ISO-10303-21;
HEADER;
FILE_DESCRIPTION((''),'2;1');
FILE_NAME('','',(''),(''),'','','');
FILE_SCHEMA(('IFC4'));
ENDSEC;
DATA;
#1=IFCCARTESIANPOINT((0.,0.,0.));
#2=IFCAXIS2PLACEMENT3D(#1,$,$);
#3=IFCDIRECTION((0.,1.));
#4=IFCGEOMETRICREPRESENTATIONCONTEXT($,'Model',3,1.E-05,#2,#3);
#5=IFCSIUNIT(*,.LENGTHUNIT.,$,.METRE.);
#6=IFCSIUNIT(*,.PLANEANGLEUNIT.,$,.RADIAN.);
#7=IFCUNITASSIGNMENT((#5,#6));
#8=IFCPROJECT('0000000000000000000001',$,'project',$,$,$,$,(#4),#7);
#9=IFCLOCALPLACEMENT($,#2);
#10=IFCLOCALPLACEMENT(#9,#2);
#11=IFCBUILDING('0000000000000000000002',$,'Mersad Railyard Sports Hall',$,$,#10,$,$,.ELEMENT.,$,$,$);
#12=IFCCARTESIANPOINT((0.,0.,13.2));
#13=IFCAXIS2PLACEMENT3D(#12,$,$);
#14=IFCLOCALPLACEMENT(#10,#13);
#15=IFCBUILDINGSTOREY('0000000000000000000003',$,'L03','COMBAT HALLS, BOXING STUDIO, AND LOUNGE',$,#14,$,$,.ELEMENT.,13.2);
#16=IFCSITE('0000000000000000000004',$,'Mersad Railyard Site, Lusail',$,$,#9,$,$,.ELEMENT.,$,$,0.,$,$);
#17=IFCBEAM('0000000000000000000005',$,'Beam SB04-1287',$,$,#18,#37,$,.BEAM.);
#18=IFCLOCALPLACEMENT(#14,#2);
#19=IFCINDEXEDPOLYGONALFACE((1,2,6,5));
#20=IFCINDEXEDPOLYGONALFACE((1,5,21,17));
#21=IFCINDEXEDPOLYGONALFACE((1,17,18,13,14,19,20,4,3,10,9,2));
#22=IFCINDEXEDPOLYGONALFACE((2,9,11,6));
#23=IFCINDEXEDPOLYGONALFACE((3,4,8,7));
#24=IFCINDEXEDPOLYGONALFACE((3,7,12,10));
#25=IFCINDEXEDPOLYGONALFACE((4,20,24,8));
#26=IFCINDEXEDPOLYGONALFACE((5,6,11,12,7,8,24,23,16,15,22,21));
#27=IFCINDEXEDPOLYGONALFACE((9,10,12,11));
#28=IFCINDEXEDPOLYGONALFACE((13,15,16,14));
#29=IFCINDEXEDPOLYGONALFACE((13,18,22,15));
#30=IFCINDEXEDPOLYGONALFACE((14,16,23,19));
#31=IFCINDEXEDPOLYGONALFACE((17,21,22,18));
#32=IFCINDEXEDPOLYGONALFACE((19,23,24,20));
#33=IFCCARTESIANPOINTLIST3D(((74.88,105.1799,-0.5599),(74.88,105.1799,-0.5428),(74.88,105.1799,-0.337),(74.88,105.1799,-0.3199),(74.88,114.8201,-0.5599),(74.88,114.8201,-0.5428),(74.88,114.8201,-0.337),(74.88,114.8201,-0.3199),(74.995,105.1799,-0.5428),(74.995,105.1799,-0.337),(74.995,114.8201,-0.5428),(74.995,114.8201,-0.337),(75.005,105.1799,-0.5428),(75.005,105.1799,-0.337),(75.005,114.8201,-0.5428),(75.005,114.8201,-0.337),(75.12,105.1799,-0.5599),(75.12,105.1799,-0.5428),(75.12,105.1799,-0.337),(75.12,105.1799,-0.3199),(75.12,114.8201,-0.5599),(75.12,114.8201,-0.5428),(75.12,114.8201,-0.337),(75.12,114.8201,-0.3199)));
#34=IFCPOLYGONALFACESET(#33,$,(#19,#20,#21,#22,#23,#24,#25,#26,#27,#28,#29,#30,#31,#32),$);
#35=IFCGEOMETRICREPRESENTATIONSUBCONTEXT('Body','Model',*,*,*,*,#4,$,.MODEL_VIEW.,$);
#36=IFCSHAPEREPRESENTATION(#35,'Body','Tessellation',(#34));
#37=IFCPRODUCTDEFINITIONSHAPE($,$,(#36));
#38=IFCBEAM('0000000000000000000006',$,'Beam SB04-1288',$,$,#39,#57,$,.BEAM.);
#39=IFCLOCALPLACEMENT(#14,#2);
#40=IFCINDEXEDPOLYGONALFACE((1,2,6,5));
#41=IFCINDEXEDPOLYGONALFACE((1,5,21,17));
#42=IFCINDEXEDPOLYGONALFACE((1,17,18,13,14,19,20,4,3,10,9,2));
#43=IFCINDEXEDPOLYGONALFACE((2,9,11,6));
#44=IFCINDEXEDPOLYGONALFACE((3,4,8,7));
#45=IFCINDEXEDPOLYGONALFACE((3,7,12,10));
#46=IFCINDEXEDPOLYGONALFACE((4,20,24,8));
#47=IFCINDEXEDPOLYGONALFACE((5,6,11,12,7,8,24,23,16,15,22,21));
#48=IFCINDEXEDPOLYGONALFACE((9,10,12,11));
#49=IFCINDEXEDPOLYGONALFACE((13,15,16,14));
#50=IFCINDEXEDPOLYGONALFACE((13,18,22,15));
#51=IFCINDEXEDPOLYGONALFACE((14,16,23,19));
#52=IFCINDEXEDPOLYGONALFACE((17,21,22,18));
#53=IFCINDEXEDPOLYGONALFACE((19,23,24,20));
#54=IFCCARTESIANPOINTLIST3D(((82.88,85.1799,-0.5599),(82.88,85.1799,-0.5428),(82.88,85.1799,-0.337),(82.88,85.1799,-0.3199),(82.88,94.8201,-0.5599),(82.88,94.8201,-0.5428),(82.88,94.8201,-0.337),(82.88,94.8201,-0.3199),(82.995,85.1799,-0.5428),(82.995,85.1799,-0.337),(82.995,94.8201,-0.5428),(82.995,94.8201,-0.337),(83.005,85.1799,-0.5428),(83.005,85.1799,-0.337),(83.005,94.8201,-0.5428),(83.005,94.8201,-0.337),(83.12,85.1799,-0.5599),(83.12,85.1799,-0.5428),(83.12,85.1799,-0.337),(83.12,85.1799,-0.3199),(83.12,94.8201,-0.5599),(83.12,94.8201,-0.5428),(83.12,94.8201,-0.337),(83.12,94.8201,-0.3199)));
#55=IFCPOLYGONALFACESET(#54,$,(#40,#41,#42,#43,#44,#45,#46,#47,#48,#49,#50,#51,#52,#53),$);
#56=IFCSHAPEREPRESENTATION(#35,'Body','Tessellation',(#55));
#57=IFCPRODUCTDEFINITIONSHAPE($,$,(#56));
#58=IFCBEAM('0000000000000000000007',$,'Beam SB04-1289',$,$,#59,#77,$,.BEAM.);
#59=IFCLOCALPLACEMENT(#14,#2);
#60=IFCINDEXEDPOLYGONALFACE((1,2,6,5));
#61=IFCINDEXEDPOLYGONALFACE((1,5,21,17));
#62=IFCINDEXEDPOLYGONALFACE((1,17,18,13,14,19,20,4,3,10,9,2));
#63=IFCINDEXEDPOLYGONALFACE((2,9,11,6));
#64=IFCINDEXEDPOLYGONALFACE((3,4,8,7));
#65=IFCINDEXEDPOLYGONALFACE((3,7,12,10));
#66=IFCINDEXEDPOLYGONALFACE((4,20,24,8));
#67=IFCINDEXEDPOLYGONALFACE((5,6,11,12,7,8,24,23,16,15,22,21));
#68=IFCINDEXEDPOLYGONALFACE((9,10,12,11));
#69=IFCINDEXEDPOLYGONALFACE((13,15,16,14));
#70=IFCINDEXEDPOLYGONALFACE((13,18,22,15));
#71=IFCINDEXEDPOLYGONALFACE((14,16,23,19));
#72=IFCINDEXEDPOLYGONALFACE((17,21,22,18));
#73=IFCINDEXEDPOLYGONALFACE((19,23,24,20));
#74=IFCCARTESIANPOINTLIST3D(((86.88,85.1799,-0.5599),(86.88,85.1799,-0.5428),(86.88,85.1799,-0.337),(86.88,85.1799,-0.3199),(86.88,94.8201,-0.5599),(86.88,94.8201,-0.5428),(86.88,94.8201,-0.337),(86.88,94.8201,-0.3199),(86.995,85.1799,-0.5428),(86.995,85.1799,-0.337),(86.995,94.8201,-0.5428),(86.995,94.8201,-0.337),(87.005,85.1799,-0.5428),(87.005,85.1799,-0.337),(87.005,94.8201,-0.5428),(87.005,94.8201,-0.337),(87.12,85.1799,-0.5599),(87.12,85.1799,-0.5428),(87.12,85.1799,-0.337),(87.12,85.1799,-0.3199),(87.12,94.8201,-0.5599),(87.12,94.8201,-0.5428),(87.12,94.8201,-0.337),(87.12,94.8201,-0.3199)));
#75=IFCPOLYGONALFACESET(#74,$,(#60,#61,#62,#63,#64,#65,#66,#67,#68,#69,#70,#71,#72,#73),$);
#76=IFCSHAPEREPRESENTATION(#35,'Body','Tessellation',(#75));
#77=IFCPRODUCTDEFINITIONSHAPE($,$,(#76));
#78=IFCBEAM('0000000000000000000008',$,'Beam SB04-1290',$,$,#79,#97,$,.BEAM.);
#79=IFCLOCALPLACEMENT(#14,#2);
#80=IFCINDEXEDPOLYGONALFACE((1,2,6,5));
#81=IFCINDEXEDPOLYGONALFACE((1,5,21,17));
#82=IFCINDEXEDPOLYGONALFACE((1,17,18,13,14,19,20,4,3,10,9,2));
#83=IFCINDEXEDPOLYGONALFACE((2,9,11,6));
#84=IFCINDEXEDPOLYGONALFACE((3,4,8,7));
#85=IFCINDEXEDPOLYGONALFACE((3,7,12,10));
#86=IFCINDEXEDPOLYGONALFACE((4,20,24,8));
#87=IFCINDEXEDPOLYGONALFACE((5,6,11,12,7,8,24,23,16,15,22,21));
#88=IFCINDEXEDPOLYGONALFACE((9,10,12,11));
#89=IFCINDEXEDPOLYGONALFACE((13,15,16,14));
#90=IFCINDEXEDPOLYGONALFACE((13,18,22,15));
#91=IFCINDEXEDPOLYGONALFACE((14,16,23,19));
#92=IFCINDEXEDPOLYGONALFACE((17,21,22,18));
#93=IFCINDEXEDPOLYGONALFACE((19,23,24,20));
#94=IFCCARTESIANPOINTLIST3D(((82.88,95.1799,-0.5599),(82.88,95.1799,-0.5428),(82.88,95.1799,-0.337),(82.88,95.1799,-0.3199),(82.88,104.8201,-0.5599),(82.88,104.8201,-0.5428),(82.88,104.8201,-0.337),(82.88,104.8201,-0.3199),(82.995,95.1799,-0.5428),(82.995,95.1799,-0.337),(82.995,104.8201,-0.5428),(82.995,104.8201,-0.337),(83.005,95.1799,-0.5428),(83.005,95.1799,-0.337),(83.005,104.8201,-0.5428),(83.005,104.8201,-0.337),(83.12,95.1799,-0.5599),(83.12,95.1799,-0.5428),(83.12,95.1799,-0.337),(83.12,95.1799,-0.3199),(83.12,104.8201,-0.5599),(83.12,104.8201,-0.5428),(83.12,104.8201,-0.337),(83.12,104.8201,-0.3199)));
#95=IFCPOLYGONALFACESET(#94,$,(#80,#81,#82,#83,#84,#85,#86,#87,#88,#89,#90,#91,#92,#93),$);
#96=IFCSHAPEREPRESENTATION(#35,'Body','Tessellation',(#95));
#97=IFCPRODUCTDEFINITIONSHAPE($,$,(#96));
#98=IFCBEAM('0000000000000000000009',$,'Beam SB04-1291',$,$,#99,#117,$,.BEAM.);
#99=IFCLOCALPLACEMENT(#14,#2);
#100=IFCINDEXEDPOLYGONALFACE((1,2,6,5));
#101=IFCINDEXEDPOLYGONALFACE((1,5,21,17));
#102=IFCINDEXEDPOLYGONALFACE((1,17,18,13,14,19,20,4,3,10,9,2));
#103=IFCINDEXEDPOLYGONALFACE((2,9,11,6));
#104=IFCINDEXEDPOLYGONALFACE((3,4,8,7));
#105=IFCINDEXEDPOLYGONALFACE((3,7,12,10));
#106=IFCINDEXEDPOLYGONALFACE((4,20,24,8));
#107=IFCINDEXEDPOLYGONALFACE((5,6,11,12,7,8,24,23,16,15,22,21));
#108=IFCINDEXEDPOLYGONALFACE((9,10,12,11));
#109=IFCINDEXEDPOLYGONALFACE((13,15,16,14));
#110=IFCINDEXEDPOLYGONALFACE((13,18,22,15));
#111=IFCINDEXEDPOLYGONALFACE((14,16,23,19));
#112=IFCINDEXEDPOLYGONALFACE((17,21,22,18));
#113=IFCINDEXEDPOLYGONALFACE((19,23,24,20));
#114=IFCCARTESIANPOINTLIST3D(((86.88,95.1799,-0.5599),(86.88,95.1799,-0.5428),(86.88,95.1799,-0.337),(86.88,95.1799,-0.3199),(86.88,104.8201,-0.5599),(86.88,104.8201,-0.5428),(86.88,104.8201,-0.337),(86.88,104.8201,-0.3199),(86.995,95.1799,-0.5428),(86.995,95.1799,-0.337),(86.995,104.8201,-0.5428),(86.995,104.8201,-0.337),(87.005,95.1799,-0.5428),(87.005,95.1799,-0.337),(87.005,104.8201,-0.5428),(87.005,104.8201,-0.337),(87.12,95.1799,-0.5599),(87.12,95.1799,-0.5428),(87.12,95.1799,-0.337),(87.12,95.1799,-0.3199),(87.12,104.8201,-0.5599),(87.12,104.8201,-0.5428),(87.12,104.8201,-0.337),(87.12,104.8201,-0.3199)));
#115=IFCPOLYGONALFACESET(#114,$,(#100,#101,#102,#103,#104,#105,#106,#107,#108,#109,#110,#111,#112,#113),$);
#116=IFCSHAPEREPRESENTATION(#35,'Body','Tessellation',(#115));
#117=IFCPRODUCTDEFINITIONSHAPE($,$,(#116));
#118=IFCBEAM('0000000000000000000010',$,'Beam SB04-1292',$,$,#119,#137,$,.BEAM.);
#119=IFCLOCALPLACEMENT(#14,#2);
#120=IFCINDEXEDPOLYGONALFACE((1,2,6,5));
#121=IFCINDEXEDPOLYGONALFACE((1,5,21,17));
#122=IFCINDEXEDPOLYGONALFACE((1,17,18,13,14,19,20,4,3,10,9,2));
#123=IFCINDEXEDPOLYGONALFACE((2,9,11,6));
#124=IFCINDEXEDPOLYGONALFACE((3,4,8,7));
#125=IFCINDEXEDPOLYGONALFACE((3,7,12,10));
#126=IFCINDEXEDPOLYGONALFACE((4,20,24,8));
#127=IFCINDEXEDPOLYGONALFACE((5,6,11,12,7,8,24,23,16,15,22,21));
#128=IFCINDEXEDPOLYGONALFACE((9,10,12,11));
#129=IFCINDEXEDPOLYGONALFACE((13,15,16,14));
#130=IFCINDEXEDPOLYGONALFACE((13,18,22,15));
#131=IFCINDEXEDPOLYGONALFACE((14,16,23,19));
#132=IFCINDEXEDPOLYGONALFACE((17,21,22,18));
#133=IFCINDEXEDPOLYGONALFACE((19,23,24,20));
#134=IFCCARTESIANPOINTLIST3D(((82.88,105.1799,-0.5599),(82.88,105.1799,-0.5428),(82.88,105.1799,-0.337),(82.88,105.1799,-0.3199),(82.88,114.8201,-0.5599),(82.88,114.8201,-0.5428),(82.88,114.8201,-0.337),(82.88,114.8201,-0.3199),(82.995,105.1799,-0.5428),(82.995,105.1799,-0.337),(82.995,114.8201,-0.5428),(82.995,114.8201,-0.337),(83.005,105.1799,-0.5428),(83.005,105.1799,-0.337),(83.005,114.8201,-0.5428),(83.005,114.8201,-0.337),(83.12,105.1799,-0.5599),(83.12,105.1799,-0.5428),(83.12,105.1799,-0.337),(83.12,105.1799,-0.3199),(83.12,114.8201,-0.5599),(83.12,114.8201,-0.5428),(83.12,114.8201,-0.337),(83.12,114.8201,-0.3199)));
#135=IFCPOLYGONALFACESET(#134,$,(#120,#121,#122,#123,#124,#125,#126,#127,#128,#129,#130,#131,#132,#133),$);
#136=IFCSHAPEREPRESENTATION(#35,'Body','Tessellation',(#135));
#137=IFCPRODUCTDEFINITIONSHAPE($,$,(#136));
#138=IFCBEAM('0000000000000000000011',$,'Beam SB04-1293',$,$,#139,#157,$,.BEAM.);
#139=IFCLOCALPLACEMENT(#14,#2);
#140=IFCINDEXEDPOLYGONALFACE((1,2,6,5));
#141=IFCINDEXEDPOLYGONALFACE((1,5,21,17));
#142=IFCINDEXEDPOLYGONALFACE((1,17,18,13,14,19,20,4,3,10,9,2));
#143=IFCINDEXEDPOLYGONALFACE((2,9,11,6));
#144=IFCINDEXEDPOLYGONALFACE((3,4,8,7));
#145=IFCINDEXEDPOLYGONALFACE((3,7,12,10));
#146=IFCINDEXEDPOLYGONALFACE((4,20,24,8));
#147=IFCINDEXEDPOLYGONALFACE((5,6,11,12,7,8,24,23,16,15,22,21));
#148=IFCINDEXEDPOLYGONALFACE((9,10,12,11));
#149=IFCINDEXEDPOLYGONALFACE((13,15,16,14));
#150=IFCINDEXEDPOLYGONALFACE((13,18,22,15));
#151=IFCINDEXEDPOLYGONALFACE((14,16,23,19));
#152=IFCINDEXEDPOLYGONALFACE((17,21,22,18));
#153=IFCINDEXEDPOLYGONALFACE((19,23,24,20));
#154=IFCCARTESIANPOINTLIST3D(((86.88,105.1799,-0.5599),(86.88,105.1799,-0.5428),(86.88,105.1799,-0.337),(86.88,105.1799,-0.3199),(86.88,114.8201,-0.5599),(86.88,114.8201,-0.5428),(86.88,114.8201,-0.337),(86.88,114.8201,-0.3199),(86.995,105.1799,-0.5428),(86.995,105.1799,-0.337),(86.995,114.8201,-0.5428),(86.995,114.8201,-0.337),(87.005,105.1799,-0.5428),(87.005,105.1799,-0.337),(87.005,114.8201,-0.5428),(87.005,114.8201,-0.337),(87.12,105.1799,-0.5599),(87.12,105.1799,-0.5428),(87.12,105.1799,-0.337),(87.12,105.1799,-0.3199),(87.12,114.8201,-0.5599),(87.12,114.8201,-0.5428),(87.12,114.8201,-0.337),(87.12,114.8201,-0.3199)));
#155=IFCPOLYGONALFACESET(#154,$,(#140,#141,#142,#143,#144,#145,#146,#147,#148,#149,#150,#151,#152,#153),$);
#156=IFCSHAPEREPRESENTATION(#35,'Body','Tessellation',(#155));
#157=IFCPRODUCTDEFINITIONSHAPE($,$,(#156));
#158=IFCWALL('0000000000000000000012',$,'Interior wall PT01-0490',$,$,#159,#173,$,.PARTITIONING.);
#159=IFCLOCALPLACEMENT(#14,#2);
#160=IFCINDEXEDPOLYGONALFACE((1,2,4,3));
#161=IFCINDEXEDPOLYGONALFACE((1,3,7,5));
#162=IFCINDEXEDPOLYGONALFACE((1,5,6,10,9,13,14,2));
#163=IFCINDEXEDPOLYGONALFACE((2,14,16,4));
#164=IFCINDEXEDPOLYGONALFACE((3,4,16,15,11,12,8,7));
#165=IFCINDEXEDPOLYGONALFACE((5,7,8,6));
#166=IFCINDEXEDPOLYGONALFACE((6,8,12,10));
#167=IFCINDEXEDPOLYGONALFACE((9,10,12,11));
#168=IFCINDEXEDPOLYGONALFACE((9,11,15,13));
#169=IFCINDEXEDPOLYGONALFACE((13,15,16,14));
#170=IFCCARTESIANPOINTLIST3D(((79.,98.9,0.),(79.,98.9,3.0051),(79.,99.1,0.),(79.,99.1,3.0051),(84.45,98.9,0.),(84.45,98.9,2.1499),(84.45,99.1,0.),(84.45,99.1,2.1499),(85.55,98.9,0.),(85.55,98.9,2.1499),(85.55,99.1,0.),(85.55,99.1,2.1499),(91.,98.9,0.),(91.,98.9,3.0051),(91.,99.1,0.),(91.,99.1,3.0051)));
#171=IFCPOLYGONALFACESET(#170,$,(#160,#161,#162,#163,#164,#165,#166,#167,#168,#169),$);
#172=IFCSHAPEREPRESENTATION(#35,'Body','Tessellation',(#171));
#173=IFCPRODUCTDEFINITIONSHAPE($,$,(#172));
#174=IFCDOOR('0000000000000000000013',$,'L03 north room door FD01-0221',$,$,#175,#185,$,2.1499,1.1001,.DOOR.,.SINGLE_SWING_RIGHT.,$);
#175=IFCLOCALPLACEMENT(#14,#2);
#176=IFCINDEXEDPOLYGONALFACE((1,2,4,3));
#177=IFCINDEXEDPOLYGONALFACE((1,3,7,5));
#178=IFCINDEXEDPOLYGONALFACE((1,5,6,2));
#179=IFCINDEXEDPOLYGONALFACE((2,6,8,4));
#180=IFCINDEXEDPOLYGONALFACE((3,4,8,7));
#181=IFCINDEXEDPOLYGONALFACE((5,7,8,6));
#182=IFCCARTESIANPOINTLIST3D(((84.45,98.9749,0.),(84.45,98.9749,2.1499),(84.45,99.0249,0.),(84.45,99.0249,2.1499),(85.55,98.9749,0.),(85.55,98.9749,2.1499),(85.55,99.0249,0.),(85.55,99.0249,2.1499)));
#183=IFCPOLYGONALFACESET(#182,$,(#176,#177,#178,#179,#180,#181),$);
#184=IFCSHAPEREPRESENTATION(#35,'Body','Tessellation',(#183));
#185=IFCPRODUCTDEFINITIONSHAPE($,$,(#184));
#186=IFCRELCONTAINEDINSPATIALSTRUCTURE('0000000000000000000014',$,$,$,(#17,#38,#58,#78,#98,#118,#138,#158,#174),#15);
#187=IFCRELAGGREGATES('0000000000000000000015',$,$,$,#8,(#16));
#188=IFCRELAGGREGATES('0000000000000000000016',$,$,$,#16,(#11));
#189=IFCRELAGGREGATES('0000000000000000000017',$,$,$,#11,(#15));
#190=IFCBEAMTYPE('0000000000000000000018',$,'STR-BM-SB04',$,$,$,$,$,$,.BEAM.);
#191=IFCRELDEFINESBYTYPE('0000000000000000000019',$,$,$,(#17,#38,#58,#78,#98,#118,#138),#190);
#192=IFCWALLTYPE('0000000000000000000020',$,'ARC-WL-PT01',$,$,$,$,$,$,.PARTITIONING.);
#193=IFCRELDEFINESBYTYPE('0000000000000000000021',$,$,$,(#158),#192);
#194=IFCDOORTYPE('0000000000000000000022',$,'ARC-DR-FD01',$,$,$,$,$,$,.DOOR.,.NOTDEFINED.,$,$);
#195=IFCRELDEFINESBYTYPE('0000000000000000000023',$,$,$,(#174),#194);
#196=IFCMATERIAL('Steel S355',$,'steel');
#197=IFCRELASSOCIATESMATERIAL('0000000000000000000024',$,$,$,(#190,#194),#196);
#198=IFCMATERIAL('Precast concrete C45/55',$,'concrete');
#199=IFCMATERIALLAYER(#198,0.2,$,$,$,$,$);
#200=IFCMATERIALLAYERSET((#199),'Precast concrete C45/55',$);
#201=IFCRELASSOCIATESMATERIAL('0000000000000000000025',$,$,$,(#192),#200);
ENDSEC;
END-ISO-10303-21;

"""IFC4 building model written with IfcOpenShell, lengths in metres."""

from ifc_helpers import new_model, si_unit, direction, frame, frame_2d, origin, origin_2d, place, context, subcontext, project, spatial, rectangle, i_section, extrude, material, layer, layer_set, material_profile, profile_set, type_object, element, fill, save


model = new_model("IFC4")

# Units and contexts
model_context = context("Model", 3, precision=1e-05, world=origin(), true_north=direction((0.0, 1.0)))
body_context = subcontext(model_context, "Body", "Model", "MODEL_VIEW")
ifc_project = project(units=[si_unit("LENGTHUNIT", "METRE"), si_unit("PLANEANGLEUNIT", "RADIAN")], contexts=[model_context])

# Site, building, storey
site_placement = place(None, origin())
site = spatial("IfcSite", under=ifc_project, at=site_placement, Name="Mersad Railyard Site, Lusail", CompositionType="ELEMENT", RefElevation=0.0)
building_placement = place(site_placement, origin())
building = spatial("IfcBuilding", under=site, at=building_placement, Name="Mersad Railyard Sports Hall", CompositionType="ELEMENT")
storey_placement = place(building_placement, frame((0.0, 0.0, 13.2)))
storey = spatial("IfcBuildingStorey", under=building, at=storey_placement, Name="L03", Description="COMBAT HALLS, BOXING STUDIO, AND LOUNGE", CompositionType="ELEMENT", Elevation=13.2)

# Beams
ifc_material_1 = material(Name="Steel S355", Category="steel")
ifc_material_profile_1 = material_profile(ifc_material_1, i_section(OverallWidth=0.24, OverallDepth=0.24, WebThickness=0.01, FlangeThickness=0.0171, at=origin_2d()), Name="HEB 240")
ifc_profile_set_1 = profile_set([ifc_material_profile_1], Name="Steel S355")
beam_type_1 = type_object("IfcBeamType", Name="STR-BM-SB04", PredefinedType="BEAM", material=ifc_profile_set_1)
for number, where, z_axis, x_axis, name in (
    (1, (75.0, 105.1799, -0.4399), (0.0, 1.0, 0.0), (-1.0, 0.0, 0.0), "Beam SB04-1287"),
    (2, (83.0, 85.1799, -0.4399), (0.0, 1.0, 0.0), (-1.0, 0.0, 0.0), "Beam SB04-1288"),
    (3, (87.0, 85.1799, -0.4399), (0.0, 1.0, 0.0), (-1.0, 0.0, 0.0), "Beam SB04-1289"),
    (4, (83.0, 95.1799, -0.4399), (0.0, 1.0, 0.0), (-1.0, 0.0, 0.0), "Beam SB04-1290"),
    (5, (87.0, 95.1799, -0.4399), (0.0, 1.0, 0.0), (-1.0, 0.0, 0.0), "Beam SB04-1291"),
    (6, (83.0, 105.1799, -0.4399), (0.0, 1.0, 0.0), (-1.0, 0.0, 0.0), "Beam SB04-1292"),
    (7, (87.0, 105.1799, -0.4399), (0.0, 1.0, 0.0), (-1.0, 0.0, 0.0), "Beam SB04-1293"),
):
    element("IfcBeam", number, at=place(storey_placement, frame(where, z_axis=z_axis, x_axis=x_axis)), inside=storey, type_object=beam_type_1, Name=name, PredefinedType="BEAM", context=body_context, shape_type="SweptSolid", body=[
        extrude(i_section(OverallWidth=0.24, OverallDepth=0.24, WebThickness=0.01, FlangeThickness=0.0171, at=origin_2d()), origin(), (0.0, 0.0, 1.0), 9.6401),
    ])

# Wall, opening, door
ifc_material_2 = material(Name="Precast concrete C45/55", Category="concrete")
ifc_layer_1 = layer(ifc_material_2, 0.2)
ifc_layer_set_1 = layer_set([ifc_layer_1], Name="Precast concrete C45/55")
wall_type_1 = type_object("IfcWallType", Name="ARC-WL-PT01", PredefinedType="PARTITIONING", material=ifc_layer_set_1)
door_type_1 = type_object("IfcDoorType", Name="ARC-DR-FD01", OperationType="NOTDEFINED", PredefinedType="DOOR", material=ifc_material_1)
wall_1_placement = place(storey_placement, frame((79.0, 99.0, 0.0), z_axis=(0.0, 0.0, 1.0), x_axis=(1.0, 0.0, 0.0)))
wall_1 = element("IfcWall", 8, at=wall_1_placement, inside=storey, type_object=wall_type_1, Name="Interior wall PT01-0490", PredefinedType="PARTITIONING", context=body_context, shape_type="SweptSolid", body=[
    extrude(rectangle(XDim=12.0, YDim=0.2, at=frame_2d((6.0, 0.0))), origin(), (0.0, 0.0, 1.0), 3.0051),
])
opening_1_placement = place(wall_1_placement, frame((5.45, 0.0, 0.0)))
opening_1 = element("IfcOpeningElement", 9, at=opening_1_placement, cuts=wall_1, PredefinedType="OPENING", context=body_context, shape_type="SweptSolid", body=[
    extrude(rectangle(XDim=1.1001, YDim=2.1499, at=frame_2d((0.55, 1.075))), frame((0.0, 0.1099, 0.0), z_axis=(0.0, -1.0, 0.0), x_axis=(1.0, 0.0, 0.0)), (0.0, 0.0, 1.0), 0.22),
])
door_1_placement = place(opening_1_placement, origin())
door_1 = element("IfcDoor", 10, at=door_1_placement, inside=storey, type_object=door_type_1, Name="L03 north room door FD01-0221", OperationType="SINGLE_SWING_RIGHT", OverallHeight=2.1499, OverallWidth=1.1001, PredefinedType="DOOR", context=body_context, shape_type="SweptSolid", body=[
    extrude(rectangle(XDim=1.1001, YDim=2.1499, at=frame_2d((0.55, 1.075))), frame((0.0, 0.0249, 0.0), z_axis=(0.0, -1.0, 0.0), x_axis=(1.0, 0.0, 0.0)), (0.0, 0.0, 1.0), 0.05),
])
fill(opening_1, door_1)

save(model, "model.ifc")
